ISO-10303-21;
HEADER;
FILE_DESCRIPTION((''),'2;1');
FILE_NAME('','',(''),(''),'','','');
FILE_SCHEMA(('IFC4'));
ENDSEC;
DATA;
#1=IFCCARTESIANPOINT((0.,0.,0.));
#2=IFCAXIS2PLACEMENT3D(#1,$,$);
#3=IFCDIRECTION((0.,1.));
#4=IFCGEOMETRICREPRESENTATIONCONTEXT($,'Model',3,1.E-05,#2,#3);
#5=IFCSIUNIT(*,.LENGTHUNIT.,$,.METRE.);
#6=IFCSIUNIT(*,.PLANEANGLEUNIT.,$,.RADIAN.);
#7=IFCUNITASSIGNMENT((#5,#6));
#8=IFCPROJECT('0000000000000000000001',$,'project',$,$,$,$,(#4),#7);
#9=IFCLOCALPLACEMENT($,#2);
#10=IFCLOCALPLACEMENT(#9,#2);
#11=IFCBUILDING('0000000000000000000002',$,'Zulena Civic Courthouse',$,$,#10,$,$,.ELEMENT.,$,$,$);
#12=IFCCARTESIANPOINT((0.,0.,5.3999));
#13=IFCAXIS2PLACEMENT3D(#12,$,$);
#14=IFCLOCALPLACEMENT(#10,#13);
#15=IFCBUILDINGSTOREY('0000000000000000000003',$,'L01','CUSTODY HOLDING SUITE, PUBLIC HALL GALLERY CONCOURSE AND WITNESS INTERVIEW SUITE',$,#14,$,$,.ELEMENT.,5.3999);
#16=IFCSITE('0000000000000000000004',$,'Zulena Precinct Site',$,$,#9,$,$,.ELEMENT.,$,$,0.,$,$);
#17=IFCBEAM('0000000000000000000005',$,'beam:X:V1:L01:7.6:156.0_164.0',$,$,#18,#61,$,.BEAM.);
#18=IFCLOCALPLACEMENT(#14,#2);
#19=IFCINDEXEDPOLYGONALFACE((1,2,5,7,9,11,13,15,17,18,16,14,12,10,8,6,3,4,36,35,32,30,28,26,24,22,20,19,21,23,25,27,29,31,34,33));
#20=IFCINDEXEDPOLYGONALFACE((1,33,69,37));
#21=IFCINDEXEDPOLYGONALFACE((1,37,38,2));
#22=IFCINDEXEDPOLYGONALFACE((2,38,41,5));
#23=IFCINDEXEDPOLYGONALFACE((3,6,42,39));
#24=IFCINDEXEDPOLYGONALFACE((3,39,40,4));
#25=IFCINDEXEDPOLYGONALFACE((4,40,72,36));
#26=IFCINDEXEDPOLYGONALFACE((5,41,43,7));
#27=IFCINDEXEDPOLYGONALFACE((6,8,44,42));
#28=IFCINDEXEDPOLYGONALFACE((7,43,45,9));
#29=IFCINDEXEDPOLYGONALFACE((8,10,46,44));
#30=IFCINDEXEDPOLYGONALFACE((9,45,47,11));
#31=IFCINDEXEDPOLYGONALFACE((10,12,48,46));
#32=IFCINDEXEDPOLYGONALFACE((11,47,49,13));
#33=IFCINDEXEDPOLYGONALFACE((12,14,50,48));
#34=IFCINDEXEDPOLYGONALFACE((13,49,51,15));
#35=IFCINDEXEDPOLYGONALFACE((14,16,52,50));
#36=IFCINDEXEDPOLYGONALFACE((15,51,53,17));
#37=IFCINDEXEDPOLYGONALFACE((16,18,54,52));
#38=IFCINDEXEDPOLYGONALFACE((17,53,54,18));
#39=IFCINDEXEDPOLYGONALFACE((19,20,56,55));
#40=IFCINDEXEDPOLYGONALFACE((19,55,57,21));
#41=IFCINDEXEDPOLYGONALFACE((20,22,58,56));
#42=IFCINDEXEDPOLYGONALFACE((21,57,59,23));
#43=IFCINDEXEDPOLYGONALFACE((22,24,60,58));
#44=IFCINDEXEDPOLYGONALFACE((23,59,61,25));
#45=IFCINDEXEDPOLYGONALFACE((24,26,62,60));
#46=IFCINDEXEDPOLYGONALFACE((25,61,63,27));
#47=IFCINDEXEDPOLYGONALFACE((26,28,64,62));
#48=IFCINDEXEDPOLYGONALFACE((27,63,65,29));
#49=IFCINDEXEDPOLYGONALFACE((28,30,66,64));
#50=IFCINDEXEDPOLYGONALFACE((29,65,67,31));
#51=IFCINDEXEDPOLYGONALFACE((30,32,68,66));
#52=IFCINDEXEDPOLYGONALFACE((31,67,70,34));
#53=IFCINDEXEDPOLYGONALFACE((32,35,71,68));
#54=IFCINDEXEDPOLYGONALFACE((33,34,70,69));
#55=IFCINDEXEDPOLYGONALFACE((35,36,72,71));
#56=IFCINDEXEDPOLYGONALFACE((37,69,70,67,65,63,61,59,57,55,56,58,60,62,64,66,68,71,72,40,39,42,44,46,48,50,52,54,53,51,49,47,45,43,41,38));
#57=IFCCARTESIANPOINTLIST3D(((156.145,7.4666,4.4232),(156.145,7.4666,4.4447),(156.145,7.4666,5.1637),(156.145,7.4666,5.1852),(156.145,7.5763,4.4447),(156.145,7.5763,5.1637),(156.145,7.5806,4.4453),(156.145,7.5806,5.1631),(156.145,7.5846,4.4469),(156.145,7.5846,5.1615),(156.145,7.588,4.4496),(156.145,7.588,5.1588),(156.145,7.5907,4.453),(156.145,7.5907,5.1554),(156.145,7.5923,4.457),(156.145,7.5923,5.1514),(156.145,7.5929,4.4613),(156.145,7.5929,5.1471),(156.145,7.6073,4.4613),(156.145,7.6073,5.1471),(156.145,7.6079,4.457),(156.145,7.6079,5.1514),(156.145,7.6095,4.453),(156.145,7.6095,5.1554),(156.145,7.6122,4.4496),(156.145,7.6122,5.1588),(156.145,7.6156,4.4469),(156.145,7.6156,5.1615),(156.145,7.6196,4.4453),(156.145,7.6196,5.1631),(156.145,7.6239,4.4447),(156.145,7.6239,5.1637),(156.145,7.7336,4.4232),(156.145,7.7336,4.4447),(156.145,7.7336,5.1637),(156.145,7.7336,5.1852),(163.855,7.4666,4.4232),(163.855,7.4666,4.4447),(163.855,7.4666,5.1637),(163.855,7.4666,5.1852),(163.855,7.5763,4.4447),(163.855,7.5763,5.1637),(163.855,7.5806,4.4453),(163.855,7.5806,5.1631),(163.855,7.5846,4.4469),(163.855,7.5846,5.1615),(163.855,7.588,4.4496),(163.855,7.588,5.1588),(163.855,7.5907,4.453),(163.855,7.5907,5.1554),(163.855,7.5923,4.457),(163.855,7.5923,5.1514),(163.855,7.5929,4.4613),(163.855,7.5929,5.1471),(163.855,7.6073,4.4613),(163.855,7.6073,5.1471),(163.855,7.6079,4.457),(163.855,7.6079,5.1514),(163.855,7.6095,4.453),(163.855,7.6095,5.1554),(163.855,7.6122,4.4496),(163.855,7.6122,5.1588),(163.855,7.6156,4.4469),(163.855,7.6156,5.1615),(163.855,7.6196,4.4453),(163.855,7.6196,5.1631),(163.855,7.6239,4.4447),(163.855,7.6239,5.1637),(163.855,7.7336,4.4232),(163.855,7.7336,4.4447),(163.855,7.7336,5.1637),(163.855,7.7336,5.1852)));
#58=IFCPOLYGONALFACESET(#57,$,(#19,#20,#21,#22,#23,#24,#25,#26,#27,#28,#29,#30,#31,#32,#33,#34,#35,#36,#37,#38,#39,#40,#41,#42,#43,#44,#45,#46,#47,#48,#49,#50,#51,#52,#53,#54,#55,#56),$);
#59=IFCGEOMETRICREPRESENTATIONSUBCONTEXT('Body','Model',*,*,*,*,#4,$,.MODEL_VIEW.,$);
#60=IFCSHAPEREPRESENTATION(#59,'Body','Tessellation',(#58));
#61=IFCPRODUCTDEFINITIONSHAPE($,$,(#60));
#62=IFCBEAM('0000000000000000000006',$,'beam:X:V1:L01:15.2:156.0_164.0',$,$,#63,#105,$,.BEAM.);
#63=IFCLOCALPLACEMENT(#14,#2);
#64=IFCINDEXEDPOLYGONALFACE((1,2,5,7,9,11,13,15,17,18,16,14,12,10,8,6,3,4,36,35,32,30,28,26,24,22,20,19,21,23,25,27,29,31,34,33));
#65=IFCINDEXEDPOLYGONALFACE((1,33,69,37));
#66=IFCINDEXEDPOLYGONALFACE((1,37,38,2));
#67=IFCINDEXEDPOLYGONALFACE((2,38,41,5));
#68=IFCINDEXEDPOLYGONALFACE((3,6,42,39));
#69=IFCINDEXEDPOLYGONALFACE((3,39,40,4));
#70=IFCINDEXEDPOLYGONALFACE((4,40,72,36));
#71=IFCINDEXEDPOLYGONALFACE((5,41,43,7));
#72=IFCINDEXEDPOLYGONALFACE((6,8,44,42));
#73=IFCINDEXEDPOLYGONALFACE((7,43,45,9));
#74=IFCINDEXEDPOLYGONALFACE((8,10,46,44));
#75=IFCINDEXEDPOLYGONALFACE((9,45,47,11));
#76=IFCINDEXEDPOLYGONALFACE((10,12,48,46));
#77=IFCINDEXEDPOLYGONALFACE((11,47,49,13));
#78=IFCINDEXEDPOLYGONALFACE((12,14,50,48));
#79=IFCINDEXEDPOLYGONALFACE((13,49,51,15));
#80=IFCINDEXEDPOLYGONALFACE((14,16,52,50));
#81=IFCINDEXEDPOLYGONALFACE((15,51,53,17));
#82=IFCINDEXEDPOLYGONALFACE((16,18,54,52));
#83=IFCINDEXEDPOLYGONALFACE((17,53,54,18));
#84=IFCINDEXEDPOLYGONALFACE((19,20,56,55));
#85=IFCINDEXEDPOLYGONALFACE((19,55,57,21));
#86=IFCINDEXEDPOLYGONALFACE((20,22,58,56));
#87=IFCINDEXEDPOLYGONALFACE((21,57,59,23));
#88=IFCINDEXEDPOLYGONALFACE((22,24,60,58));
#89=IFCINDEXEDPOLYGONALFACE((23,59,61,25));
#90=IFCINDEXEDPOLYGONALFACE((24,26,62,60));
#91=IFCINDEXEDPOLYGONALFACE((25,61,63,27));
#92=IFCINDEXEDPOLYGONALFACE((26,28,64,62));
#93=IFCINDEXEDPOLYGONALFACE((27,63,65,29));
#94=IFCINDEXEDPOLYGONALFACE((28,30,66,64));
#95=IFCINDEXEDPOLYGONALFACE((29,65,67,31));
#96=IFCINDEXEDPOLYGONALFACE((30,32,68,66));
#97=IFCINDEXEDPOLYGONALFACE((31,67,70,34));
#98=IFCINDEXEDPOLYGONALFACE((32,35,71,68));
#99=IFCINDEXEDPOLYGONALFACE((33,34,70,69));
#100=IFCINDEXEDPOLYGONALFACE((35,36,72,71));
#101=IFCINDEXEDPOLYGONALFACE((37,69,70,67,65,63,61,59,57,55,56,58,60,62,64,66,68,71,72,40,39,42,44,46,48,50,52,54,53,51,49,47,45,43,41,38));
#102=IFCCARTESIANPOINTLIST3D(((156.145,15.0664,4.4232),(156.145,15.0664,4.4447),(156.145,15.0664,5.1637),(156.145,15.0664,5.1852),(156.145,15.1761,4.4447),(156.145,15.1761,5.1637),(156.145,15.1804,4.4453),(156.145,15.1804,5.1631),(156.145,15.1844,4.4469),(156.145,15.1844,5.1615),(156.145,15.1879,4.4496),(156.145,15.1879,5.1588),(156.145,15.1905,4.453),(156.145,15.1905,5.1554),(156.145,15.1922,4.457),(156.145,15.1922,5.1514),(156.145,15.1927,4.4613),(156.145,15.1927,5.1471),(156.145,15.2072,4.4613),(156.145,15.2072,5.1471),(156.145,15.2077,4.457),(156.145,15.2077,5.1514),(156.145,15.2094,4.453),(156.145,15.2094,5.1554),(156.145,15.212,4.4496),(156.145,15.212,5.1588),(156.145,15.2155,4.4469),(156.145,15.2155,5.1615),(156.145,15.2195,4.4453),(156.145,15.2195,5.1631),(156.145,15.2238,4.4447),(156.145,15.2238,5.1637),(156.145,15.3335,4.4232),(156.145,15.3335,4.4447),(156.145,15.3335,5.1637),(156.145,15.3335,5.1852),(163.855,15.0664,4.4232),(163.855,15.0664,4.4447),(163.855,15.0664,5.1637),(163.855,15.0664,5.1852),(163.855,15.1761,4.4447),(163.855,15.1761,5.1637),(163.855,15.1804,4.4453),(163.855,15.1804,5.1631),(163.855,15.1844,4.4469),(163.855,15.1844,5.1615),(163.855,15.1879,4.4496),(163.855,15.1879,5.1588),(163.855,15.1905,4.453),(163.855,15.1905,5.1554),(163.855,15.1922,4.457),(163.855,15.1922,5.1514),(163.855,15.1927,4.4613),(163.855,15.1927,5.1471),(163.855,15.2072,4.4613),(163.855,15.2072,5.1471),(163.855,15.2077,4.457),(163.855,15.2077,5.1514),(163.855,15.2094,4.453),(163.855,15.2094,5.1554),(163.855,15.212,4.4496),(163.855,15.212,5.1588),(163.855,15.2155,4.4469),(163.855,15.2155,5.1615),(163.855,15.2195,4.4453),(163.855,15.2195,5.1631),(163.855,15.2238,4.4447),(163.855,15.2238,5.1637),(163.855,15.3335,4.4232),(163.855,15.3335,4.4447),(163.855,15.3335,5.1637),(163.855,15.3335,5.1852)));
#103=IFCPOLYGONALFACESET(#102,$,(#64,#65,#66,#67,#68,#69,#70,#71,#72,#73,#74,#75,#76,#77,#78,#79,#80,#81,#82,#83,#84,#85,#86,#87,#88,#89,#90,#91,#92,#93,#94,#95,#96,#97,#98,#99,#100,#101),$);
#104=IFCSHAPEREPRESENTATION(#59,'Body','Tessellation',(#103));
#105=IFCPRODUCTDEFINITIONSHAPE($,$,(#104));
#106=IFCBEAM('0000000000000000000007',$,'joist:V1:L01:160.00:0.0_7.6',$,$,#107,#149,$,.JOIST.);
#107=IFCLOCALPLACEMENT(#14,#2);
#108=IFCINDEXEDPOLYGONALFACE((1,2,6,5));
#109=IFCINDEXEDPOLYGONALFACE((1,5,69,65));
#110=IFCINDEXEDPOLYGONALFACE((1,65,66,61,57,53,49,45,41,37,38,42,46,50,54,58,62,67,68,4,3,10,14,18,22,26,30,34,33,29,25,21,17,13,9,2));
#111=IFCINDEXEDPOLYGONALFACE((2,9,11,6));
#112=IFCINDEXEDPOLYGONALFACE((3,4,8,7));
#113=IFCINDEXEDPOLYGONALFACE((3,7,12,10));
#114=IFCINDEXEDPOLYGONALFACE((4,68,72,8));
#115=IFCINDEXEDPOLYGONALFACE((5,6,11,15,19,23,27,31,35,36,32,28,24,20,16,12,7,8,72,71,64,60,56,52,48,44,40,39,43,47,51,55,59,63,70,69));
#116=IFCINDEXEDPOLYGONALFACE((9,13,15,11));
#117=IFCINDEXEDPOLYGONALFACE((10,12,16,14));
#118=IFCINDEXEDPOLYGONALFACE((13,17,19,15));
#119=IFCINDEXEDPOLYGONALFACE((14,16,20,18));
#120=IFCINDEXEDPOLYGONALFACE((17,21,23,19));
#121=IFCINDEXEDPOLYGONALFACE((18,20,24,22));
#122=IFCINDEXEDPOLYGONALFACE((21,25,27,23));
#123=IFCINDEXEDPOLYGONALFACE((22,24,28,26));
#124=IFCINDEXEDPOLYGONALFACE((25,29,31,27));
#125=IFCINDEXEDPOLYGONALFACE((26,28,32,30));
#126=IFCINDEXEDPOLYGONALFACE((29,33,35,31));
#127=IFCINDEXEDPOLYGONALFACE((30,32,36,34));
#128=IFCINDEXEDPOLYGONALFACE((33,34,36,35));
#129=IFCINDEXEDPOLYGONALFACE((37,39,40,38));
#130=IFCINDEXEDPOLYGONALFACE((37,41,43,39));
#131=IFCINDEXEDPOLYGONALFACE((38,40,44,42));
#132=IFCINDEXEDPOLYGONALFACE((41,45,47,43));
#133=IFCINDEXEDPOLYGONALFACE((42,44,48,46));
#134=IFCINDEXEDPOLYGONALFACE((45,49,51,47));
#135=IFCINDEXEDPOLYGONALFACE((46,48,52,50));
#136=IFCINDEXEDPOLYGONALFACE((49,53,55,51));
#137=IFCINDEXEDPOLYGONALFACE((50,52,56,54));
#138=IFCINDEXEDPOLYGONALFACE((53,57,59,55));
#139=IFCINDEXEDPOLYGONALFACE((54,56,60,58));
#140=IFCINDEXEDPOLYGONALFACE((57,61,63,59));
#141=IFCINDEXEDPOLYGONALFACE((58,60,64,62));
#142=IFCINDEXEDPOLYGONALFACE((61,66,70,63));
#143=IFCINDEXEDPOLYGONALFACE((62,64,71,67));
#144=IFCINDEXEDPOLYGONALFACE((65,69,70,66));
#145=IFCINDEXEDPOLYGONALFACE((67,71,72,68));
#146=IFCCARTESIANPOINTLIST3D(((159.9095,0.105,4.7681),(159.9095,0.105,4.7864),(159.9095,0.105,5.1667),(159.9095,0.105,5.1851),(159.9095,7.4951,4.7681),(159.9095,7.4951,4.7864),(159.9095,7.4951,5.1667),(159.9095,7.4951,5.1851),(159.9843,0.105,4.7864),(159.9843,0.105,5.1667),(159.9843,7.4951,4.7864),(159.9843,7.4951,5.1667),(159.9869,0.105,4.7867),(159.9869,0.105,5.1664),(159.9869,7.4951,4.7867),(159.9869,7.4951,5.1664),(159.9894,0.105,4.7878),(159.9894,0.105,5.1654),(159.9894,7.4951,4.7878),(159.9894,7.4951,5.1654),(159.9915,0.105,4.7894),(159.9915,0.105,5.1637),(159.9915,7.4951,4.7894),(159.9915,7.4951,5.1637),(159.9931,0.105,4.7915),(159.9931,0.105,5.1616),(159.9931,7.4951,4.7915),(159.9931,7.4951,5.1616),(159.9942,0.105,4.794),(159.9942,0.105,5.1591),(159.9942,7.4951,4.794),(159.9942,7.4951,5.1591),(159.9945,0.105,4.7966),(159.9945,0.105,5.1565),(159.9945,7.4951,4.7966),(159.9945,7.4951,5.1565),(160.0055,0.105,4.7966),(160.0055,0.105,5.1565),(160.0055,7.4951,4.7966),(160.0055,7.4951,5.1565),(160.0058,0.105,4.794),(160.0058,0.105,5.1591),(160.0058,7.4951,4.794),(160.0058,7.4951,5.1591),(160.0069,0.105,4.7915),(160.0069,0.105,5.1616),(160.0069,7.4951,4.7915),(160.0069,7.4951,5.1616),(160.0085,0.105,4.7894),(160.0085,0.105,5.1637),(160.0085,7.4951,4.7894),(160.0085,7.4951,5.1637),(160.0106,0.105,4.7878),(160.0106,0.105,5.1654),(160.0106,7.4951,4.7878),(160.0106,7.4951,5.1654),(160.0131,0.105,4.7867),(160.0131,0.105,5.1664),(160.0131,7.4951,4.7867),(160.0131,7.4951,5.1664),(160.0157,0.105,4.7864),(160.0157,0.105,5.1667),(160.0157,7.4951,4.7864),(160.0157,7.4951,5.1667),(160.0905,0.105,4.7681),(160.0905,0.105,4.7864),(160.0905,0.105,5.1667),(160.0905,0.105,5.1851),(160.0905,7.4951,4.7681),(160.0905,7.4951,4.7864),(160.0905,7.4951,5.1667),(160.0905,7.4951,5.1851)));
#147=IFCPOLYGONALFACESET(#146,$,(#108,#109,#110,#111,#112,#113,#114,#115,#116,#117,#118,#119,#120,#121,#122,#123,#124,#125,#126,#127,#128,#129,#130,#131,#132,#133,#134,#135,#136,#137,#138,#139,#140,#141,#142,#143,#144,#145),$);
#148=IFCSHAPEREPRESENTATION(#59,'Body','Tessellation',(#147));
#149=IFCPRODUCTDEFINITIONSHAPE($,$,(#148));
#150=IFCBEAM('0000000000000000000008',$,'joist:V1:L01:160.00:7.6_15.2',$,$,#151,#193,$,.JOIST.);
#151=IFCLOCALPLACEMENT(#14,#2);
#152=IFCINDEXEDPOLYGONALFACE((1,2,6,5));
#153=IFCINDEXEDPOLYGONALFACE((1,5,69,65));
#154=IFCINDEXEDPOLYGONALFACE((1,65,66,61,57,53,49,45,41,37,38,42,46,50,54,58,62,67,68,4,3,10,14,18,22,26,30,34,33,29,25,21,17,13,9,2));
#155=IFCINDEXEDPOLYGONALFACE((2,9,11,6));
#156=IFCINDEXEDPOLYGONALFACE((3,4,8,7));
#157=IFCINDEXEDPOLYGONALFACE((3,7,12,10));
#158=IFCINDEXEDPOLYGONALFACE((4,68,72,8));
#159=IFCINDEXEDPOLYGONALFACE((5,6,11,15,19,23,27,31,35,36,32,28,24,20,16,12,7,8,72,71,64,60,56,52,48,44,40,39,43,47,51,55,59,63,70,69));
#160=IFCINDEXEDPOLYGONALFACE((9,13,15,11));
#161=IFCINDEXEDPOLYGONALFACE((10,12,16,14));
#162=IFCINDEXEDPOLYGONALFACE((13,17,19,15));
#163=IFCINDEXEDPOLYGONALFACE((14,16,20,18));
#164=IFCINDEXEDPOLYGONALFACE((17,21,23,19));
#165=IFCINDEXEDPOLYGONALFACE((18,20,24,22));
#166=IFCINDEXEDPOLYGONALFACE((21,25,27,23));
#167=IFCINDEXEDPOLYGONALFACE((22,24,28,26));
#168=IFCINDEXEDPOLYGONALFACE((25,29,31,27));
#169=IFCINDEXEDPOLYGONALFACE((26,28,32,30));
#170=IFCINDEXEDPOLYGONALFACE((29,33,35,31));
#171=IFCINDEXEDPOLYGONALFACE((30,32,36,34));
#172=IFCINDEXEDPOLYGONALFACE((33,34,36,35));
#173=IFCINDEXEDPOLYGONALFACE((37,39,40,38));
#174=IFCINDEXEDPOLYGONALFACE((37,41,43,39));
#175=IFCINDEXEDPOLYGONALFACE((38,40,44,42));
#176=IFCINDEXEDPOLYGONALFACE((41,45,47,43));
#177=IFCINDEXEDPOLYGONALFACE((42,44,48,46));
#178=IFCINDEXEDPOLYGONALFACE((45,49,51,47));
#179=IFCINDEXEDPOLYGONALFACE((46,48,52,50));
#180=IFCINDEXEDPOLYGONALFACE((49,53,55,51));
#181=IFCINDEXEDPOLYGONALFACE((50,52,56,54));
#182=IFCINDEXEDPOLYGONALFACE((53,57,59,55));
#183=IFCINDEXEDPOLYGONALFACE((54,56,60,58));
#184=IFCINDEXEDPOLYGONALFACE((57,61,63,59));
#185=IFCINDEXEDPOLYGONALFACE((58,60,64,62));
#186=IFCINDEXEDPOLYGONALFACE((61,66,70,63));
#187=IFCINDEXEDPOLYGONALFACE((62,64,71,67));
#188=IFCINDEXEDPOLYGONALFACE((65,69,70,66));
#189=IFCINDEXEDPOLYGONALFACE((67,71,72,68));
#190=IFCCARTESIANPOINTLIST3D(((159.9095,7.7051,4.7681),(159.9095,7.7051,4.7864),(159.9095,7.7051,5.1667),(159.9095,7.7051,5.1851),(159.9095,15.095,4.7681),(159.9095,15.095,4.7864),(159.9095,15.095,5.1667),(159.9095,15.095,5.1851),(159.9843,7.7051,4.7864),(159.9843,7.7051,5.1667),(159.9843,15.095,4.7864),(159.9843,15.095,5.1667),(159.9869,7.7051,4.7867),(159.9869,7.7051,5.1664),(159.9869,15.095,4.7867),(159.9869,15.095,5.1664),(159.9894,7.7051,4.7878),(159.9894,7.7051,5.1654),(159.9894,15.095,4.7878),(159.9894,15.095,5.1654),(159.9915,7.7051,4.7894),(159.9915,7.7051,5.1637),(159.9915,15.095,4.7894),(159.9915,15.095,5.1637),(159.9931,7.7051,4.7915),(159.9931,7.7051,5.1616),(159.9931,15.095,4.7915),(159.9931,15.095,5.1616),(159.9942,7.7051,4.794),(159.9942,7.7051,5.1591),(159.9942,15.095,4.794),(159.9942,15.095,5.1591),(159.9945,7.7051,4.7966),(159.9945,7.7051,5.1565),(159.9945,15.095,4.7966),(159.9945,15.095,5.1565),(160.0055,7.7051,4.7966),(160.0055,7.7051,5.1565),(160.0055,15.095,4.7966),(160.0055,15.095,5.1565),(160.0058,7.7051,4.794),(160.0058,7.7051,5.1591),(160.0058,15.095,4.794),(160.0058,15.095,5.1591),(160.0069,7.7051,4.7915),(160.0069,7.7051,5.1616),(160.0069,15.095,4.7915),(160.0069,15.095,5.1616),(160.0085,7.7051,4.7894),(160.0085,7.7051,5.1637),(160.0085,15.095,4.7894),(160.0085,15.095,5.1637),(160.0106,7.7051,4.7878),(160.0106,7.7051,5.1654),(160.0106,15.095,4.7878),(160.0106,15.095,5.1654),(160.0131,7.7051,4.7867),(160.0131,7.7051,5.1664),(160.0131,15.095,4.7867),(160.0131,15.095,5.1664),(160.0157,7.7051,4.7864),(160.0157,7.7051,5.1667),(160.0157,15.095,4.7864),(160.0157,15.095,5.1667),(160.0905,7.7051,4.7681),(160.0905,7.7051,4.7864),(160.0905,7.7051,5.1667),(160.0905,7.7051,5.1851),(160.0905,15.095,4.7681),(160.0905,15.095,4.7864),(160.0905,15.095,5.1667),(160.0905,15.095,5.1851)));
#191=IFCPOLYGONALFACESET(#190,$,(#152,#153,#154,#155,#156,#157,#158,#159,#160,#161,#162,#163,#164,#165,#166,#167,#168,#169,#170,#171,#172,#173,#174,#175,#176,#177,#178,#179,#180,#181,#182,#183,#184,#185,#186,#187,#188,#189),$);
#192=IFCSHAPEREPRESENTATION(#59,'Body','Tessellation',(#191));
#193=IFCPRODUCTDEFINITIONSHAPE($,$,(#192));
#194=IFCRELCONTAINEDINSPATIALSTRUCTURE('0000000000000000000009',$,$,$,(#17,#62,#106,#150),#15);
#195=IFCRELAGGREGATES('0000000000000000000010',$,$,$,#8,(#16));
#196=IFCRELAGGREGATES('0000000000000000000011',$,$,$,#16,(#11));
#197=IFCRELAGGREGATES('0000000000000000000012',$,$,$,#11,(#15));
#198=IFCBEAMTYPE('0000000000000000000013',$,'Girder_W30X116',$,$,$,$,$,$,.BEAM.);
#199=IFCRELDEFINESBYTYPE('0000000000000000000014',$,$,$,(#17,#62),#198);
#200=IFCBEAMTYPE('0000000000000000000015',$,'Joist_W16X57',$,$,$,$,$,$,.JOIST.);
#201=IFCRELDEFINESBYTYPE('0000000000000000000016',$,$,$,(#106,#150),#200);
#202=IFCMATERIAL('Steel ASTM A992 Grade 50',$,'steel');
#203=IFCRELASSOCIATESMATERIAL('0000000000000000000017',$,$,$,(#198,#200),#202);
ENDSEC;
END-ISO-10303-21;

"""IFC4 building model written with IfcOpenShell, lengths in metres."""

from ifc_helpers import new_model, si_unit, direction, frame, origin, origin_2d, place, context, subcontext, project, spatial, i_section, extrude, material, material_profile, profile_set, type_object, element, save


model = new_model("IFC4")

# Units and contexts
model_context = context("Model", 3, precision=1e-05, world=origin(), true_north=direction((0.0, 1.0)))
body_context = subcontext(model_context, "Body", "Model", "MODEL_VIEW")
ifc_project = project(units=[si_unit("LENGTHUNIT", "METRE"), si_unit("PLANEANGLEUNIT", "RADIAN")], contexts=[model_context])

# Site, building, storey
site_placement = place(None, origin())
site = spatial("IfcSite", under=ifc_project, at=site_placement, Name="Zulena Precinct Site", CompositionType="ELEMENT", RefElevation=0.0)
building_placement = place(site_placement, origin())
building = spatial("IfcBuilding", under=site, at=building_placement, Name="Zulena Civic Courthouse", CompositionType="ELEMENT")
storey_placement = place(building_placement, frame((0.0, 0.0, 5.3999)))
storey = spatial("IfcBuildingStorey", under=building, at=storey_placement, Name="L01", Description="CUSTODY HOLDING SUITE, PUBLIC HALL GALLERY CONCOURSE AND WITNESS INTERVIEW SUITE", CompositionType="ELEMENT", Elevation=5.3999)

# Shared definitions
ifc_material_1 = material(Name="Steel ASTM A992 Grade 50", Category="steel")

# Beams
ifc_material_profile_1 = material_profile(ifc_material_1, i_section(OverallWidth=0.2671, OverallDepth=0.762, WebThickness=0.0144, FlangeThickness=0.0215, FilletRadius=0.0166, at=origin_2d()), Name="W30X116")
ifc_profile_set_1 = profile_set([ifc_material_profile_1], Name="Steel ASTM A992 Grade 50")
beam_type_1 = type_object("IfcBeamType", Name="Girder_W30X116", PredefinedType="BEAM", material=ifc_profile_set_1)
for number, where, z_axis, x_axis, name in (
    (1, (156.145, 7.6001, 4.8042), (1.0, 0.0, 0.0), (0.0, 1.0, 0.0), "beam:X:V1:L01:7.6:156.0_164.0"),
    (2, (156.145, 15.2, 4.8042), (1.0, 0.0, 0.0), (0.0, 1.0, 0.0), "beam:X:V1:L01:15.2:156.0_164.0"),
):
    element("IfcBeam", number, at=place(storey_placement, frame(where, z_axis=z_axis, x_axis=x_axis)), inside=storey, type_object=beam_type_1, Name=name, PredefinedType="BEAM", context=body_context, shape_type="SweptSolid", body=[
        extrude(i_section(OverallWidth=0.2671, OverallDepth=0.762, WebThickness=0.0144, FlangeThickness=0.0215, FilletRadius=0.0166, at=origin_2d()), origin(), (0.0, 0.0, 1.0), 7.71),
    ])
ifc_material_profile_2 = material_profile(ifc_material_1, i_section(OverallWidth=0.1809, OverallDepth=0.417, WebThickness=0.011, FlangeThickness=0.0183, FilletRadius=0.0103, at=origin_2d()), Name="W16X57")
ifc_profile_set_2 = profile_set([ifc_material_profile_2], Name="Steel ASTM A992 Grade 50")
beam_type_2 = type_object("IfcBeamType", Name="Joist_W16X57", PredefinedType="JOIST", material=ifc_profile_set_2)
beam_1_placement = place(storey_placement, frame((160.0, 0.105, 4.9766), z_axis=(0.0, 1.0, 0.0), x_axis=(-1.0, 0.0, 0.0)))
element("IfcBeam", 3, at=beam_1_placement, inside=storey, type_object=beam_type_2, Name="joist:V1:L01:160.00:0.0_7.6", PredefinedType="JOIST", context=body_context, shape_type="SweptSolid", body=[
    extrude(i_section(OverallWidth=0.1809, OverallDepth=0.417, WebThickness=0.011, FlangeThickness=0.0183, FilletRadius=0.0103, at=origin_2d()), origin(), (0.0, 0.0, 1.0), 7.3901),
])
beam_2_placement = place(storey_placement, frame((160.0, 7.7051, 4.9766), z_axis=(0.0, 1.0, 0.0), x_axis=(-1.0, 0.0, 0.0)))
element("IfcBeam", 4, at=beam_2_placement, inside=storey, type_object=beam_type_2, Name="joist:V1:L01:160.00:7.6_15.2", PredefinedType="JOIST", context=body_context, shape_type="SweptSolid", body=[
    extrude(i_section(OverallWidth=0.1809, OverallDepth=0.417, WebThickness=0.011, FlangeThickness=0.0183, FilletRadius=0.0103, at=origin_2d()), origin(), (0.0, 0.0, 1.0), 7.3899),
])

save(model, "model.ifc")
